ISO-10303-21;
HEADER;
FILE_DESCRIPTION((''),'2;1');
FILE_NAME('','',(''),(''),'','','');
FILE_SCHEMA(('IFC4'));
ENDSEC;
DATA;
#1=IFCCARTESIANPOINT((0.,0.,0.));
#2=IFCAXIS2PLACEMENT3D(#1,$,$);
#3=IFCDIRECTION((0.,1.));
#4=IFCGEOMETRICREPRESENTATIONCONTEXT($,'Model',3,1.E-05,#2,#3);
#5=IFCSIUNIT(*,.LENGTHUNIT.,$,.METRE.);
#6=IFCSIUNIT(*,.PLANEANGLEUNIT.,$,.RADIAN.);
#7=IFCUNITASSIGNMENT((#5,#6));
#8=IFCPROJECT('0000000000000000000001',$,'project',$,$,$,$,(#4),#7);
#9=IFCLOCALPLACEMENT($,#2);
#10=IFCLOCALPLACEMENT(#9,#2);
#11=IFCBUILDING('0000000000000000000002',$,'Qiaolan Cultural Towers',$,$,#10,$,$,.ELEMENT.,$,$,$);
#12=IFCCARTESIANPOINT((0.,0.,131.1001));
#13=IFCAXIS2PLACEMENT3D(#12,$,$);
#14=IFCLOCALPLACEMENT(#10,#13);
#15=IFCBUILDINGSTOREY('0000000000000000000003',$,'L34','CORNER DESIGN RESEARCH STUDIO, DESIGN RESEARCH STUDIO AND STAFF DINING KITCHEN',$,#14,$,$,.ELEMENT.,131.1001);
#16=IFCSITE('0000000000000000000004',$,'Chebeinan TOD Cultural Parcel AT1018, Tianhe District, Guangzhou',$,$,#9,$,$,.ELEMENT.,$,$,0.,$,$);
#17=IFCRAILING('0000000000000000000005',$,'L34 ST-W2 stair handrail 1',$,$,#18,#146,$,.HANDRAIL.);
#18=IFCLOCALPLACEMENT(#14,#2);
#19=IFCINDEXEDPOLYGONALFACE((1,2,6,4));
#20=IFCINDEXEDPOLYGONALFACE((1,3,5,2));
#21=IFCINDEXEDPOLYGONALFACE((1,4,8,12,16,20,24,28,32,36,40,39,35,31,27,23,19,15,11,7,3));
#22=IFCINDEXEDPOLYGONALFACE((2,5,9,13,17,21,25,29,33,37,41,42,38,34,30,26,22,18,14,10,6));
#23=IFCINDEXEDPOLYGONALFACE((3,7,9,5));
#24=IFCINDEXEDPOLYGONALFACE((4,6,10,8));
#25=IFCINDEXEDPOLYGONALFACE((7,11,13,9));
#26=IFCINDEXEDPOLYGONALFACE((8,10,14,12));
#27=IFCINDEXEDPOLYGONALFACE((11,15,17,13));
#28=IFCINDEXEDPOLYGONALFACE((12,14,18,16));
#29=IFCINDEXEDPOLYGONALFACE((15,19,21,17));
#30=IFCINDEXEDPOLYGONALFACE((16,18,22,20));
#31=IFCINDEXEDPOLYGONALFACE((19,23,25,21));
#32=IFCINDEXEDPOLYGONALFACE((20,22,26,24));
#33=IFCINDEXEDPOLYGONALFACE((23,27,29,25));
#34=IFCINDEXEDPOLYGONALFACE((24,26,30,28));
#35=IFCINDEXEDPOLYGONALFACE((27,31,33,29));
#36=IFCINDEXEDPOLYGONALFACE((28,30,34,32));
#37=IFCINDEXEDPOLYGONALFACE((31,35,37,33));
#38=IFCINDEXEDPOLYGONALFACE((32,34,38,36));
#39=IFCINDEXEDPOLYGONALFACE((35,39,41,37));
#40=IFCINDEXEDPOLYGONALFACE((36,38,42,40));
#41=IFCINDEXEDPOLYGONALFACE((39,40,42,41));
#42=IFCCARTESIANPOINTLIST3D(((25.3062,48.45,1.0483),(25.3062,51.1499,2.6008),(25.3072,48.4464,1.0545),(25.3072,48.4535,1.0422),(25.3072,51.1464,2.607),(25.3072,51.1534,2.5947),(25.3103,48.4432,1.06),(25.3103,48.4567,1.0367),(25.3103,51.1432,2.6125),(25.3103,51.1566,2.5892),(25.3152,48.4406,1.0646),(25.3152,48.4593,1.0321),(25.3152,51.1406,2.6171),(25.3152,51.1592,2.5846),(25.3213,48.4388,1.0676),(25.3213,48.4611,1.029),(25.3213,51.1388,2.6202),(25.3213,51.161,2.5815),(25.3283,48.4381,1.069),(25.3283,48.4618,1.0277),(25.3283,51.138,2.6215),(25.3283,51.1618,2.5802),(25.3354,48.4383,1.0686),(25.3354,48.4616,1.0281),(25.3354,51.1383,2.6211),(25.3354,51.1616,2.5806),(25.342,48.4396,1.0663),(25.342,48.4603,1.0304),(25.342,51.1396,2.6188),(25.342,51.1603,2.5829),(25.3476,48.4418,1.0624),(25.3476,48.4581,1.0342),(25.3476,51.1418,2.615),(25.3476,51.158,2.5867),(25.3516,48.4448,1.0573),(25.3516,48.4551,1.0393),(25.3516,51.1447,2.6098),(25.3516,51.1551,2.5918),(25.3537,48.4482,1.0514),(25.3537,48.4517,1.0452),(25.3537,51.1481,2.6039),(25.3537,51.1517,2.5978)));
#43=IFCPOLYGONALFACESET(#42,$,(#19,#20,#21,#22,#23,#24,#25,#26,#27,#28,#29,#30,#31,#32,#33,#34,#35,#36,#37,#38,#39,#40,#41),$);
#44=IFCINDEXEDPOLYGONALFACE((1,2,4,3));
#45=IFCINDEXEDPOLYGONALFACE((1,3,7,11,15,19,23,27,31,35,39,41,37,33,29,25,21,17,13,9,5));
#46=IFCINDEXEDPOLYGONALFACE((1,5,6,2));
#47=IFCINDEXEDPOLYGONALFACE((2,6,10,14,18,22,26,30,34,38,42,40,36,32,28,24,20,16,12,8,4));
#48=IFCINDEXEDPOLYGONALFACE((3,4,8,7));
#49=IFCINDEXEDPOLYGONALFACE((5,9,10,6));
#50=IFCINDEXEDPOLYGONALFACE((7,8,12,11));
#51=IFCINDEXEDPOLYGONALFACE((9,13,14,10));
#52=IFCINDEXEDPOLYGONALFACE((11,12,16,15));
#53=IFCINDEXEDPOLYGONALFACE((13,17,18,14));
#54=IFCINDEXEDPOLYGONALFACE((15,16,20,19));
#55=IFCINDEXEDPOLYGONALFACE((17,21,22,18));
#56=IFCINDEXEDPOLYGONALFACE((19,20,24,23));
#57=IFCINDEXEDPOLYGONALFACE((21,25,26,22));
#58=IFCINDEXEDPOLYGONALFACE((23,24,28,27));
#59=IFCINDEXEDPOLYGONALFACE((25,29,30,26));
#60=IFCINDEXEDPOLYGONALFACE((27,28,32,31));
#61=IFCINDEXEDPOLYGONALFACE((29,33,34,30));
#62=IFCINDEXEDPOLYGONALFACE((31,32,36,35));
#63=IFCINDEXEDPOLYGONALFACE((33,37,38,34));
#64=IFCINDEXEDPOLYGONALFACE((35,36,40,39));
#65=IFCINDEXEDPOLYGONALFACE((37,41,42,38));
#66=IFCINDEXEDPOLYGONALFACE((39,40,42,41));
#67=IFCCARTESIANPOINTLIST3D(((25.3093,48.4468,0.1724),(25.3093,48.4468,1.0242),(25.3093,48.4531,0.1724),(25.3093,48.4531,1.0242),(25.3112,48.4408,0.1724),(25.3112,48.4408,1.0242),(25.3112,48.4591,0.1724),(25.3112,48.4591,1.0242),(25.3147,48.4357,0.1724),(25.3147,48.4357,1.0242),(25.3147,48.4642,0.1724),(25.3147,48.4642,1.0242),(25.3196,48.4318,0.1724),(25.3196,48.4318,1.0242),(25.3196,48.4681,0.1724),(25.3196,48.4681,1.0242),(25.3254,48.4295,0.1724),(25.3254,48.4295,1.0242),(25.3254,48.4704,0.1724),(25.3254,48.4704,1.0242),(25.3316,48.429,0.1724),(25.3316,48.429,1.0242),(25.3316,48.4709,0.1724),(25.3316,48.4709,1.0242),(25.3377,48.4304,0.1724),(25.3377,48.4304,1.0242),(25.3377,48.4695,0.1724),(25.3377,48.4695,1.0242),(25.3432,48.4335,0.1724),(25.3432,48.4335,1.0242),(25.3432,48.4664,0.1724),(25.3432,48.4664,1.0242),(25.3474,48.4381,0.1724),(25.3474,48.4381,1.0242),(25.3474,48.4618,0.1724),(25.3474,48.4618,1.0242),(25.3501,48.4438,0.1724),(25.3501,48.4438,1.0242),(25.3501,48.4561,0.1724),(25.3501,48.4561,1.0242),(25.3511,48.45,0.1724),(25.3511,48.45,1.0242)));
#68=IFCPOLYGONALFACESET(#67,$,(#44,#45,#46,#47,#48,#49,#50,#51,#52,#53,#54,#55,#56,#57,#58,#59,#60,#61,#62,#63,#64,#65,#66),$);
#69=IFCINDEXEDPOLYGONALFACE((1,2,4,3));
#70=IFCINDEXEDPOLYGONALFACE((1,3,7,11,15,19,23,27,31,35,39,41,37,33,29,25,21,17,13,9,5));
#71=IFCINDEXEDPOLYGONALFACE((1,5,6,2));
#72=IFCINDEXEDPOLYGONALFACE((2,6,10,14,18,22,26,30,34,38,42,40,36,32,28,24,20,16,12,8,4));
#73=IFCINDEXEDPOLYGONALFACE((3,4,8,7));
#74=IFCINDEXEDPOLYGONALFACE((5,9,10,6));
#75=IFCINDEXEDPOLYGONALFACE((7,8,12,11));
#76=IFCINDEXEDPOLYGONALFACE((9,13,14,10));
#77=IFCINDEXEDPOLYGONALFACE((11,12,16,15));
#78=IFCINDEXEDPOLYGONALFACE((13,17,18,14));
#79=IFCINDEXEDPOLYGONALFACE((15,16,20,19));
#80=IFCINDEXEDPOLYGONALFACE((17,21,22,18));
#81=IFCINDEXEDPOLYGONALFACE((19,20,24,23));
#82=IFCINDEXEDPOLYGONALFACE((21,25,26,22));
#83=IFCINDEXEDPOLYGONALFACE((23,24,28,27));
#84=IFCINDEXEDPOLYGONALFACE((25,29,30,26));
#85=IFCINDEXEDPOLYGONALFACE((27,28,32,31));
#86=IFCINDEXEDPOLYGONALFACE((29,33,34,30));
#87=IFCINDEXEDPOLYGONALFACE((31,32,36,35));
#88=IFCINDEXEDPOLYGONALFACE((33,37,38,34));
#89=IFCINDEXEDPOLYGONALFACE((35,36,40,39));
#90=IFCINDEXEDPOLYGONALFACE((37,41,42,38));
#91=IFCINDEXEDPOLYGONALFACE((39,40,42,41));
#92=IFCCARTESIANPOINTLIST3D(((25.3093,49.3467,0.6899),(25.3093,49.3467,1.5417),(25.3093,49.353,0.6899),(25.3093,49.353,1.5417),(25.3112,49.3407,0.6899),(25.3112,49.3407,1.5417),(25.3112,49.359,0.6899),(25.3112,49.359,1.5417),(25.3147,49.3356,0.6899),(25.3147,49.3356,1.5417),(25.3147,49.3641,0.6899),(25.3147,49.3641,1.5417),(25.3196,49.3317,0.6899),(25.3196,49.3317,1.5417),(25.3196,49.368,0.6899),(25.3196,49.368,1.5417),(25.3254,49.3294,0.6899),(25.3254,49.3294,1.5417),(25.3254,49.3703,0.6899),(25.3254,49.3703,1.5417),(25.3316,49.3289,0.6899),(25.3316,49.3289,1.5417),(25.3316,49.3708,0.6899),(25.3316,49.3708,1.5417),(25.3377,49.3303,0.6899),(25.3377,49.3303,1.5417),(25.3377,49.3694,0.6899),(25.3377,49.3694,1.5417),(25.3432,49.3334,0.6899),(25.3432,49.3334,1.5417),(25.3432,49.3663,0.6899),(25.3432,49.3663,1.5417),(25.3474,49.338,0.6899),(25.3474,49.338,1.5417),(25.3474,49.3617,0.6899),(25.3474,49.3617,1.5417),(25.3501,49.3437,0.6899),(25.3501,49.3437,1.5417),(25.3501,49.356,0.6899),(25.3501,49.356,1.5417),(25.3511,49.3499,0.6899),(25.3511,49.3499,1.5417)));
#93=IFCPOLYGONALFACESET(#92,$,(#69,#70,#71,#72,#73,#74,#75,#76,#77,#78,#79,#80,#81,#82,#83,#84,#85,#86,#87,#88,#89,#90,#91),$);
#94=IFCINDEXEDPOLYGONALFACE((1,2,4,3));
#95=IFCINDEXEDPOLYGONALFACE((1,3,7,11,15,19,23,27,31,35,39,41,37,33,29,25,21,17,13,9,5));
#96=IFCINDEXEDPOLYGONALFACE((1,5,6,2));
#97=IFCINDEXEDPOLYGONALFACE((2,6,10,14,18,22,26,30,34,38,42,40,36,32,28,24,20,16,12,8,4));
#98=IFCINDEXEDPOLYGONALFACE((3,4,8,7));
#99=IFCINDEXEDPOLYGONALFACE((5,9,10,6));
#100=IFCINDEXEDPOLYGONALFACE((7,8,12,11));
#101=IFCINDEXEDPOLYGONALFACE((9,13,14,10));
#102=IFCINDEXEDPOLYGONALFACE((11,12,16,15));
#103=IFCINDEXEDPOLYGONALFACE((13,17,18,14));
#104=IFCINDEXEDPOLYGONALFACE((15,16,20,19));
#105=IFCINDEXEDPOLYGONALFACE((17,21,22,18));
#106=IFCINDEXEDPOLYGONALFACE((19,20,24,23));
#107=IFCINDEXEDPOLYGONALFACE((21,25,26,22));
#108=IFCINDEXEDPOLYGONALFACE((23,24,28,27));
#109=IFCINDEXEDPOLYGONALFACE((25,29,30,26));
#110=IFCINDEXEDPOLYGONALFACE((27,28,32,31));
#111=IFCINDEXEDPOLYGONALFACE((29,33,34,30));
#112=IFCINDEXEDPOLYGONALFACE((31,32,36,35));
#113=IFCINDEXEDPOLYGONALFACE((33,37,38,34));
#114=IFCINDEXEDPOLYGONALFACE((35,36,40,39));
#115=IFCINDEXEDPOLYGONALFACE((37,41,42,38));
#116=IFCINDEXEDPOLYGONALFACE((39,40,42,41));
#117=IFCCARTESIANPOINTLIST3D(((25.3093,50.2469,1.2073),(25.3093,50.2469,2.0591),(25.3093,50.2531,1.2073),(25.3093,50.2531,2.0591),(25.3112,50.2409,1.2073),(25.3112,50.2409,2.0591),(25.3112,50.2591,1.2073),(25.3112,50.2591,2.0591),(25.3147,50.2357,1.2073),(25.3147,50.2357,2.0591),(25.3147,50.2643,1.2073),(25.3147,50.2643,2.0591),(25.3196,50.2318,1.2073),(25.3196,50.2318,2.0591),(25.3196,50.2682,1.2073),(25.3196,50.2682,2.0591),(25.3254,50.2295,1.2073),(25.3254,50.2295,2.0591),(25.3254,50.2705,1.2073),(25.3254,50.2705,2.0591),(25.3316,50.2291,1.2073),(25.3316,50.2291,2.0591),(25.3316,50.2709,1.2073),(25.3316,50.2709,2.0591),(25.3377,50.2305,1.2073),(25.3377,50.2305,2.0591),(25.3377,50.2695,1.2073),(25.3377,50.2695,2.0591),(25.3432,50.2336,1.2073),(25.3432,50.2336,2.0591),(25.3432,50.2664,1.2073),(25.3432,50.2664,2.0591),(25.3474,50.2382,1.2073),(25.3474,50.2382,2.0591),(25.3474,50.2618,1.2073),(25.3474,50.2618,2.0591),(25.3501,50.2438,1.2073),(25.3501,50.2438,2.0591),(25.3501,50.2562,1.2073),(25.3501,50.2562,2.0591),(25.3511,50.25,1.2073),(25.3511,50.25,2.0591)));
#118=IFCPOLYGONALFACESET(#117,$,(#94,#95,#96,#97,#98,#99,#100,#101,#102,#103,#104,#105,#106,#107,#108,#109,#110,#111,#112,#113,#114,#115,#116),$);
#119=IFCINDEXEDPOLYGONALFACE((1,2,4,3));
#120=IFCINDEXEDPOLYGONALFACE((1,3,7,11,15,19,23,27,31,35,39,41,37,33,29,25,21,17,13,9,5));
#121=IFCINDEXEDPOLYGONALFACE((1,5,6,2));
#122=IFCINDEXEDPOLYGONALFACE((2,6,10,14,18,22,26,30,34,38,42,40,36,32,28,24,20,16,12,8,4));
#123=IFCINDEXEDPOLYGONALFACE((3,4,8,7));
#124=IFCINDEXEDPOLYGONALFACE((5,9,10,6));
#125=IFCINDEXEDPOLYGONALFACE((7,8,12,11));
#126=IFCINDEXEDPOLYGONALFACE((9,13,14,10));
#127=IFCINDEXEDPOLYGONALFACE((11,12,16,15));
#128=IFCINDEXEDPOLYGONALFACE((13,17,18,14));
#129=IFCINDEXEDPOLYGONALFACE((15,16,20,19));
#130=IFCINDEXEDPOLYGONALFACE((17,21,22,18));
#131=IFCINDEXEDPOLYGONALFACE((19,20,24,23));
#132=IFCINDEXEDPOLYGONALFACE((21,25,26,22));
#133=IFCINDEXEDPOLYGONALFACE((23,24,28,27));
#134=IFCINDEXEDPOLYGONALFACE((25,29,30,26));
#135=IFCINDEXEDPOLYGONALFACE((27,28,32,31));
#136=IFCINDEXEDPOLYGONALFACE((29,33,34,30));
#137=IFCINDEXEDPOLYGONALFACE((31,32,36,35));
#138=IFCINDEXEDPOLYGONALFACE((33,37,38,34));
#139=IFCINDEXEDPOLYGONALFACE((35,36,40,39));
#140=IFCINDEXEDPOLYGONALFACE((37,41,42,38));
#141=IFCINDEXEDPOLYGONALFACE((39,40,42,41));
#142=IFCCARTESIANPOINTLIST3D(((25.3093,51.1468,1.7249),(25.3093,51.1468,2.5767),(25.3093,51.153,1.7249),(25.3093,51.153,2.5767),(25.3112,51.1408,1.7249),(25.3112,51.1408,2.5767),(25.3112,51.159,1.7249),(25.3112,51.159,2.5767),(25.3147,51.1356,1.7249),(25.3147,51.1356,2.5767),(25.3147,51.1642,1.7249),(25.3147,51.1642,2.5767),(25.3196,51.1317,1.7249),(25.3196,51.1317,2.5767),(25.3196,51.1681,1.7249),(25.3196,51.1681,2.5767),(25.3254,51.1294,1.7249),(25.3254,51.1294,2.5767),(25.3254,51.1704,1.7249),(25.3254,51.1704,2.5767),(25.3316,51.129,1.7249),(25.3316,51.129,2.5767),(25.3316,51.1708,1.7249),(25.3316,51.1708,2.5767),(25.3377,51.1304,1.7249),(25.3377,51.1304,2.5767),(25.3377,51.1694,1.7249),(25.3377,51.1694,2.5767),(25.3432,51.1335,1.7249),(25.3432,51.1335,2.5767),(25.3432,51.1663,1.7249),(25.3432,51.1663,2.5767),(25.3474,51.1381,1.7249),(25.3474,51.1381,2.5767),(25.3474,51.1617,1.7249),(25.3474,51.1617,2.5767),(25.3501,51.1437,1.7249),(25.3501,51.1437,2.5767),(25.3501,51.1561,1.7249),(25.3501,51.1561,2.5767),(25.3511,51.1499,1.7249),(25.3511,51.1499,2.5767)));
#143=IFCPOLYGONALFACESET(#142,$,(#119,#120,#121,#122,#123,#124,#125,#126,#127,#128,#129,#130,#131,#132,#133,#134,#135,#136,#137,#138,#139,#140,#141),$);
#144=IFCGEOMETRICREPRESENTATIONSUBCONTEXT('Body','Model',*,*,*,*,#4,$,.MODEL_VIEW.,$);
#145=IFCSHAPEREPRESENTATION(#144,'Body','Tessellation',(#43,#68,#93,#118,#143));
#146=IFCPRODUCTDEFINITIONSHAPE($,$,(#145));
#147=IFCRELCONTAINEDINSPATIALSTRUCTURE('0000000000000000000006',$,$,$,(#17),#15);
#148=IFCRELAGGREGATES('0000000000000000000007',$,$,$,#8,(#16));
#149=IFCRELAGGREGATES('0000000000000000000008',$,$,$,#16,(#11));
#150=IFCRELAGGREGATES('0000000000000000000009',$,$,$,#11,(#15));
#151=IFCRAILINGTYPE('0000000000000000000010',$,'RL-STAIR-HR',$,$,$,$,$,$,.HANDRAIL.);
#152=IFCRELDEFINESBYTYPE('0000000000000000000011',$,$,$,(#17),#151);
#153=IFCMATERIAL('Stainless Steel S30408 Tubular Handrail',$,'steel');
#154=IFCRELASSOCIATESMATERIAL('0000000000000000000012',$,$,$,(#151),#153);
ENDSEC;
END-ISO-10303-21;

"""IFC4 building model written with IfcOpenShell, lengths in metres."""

from ifc_helpers import new_model, si_unit, direction, frame, origin, origin_2d, place, context, subcontext, project, spatial, circle, extrude, material, type_object, element, save


model = new_model("IFC4")

# Units and contexts
model_context = context("Model", 3, precision=1e-05, world=origin(), true_north=direction((0.0, 1.0)))
body_context = subcontext(model_context, "Body", "Model", "MODEL_VIEW")
ifc_project = project(units=[si_unit("LENGTHUNIT", "METRE"), si_unit("PLANEANGLEUNIT", "RADIAN")], contexts=[model_context])

# Site, building, storey
site_placement = place(None, origin())
site = spatial("IfcSite", under=ifc_project, at=site_placement, Name="Chebeinan TOD Cultural Parcel AT1018, Tianhe District, Guangzhou", CompositionType="ELEMENT", RefElevation=0.0)
building_placement = place(site_placement, origin())
building = spatial("IfcBuilding", under=site, at=building_placement, Name="Qiaolan Cultural Towers", CompositionType="ELEMENT")
storey_placement = place(building_placement, frame((0.0, 0.0, 131.1001)))
storey = spatial("IfcBuildingStorey", under=building, at=storey_placement, Name="L34", Description="CORNER DESIGN RESEARCH STUDIO, DESIGN RESEARCH STUDIO AND STAFF DINING KITCHEN", CompositionType="ELEMENT", Elevation=131.1001)

# Railing
ifc_material_1 = material(Name="Stainless Steel S30408 Tubular Handrail", Category="steel")
railing_type_1 = type_object("IfcRailingType", Name="RL-STAIR-HR", PredefinedType="HANDRAIL", material=ifc_material_1)
railing_1_placement = place(storey_placement, frame((25.3301, 48.45, 0.1724)))
element("IfcRailing", 1, at=railing_1_placement, inside=storey, type_object=railing_type_1, Name="L34 ST-W2 stair handrail 1", PredefinedType="HANDRAIL", context=body_context, shape_type="SweptSolid", body=[
    extrude(circle(Radius=0.0239, at=origin_2d()), frame((0.0, 0.0, 0.876), z_axis=(0.0, 0.866904, 0.498476), x_axis=(-1.0, 0.0, 0.0)), (0.0, 0.0, 1.0), 3.1145),
    extrude(circle(Radius=0.021, at=origin_2d()), origin(), (0.0, 0.0, 1.0), 0.8518),
    extrude(circle(Radius=0.021, at=origin_2d()), frame((0.0, 0.8999, 0.5176)), (0.0, 0.0, 1.0), 0.8518),
    extrude(circle(Radius=0.021, at=origin_2d()), frame((0.0, 1.8, 1.0349)), (0.0, 0.0, 1.0), 0.8518),
    extrude(circle(Radius=0.021, at=origin_2d()), frame((0.0, 2.7, 1.5525)), (0.0, 0.0, 1.0), 0.8518),
])

save(model, "model.ifc")
